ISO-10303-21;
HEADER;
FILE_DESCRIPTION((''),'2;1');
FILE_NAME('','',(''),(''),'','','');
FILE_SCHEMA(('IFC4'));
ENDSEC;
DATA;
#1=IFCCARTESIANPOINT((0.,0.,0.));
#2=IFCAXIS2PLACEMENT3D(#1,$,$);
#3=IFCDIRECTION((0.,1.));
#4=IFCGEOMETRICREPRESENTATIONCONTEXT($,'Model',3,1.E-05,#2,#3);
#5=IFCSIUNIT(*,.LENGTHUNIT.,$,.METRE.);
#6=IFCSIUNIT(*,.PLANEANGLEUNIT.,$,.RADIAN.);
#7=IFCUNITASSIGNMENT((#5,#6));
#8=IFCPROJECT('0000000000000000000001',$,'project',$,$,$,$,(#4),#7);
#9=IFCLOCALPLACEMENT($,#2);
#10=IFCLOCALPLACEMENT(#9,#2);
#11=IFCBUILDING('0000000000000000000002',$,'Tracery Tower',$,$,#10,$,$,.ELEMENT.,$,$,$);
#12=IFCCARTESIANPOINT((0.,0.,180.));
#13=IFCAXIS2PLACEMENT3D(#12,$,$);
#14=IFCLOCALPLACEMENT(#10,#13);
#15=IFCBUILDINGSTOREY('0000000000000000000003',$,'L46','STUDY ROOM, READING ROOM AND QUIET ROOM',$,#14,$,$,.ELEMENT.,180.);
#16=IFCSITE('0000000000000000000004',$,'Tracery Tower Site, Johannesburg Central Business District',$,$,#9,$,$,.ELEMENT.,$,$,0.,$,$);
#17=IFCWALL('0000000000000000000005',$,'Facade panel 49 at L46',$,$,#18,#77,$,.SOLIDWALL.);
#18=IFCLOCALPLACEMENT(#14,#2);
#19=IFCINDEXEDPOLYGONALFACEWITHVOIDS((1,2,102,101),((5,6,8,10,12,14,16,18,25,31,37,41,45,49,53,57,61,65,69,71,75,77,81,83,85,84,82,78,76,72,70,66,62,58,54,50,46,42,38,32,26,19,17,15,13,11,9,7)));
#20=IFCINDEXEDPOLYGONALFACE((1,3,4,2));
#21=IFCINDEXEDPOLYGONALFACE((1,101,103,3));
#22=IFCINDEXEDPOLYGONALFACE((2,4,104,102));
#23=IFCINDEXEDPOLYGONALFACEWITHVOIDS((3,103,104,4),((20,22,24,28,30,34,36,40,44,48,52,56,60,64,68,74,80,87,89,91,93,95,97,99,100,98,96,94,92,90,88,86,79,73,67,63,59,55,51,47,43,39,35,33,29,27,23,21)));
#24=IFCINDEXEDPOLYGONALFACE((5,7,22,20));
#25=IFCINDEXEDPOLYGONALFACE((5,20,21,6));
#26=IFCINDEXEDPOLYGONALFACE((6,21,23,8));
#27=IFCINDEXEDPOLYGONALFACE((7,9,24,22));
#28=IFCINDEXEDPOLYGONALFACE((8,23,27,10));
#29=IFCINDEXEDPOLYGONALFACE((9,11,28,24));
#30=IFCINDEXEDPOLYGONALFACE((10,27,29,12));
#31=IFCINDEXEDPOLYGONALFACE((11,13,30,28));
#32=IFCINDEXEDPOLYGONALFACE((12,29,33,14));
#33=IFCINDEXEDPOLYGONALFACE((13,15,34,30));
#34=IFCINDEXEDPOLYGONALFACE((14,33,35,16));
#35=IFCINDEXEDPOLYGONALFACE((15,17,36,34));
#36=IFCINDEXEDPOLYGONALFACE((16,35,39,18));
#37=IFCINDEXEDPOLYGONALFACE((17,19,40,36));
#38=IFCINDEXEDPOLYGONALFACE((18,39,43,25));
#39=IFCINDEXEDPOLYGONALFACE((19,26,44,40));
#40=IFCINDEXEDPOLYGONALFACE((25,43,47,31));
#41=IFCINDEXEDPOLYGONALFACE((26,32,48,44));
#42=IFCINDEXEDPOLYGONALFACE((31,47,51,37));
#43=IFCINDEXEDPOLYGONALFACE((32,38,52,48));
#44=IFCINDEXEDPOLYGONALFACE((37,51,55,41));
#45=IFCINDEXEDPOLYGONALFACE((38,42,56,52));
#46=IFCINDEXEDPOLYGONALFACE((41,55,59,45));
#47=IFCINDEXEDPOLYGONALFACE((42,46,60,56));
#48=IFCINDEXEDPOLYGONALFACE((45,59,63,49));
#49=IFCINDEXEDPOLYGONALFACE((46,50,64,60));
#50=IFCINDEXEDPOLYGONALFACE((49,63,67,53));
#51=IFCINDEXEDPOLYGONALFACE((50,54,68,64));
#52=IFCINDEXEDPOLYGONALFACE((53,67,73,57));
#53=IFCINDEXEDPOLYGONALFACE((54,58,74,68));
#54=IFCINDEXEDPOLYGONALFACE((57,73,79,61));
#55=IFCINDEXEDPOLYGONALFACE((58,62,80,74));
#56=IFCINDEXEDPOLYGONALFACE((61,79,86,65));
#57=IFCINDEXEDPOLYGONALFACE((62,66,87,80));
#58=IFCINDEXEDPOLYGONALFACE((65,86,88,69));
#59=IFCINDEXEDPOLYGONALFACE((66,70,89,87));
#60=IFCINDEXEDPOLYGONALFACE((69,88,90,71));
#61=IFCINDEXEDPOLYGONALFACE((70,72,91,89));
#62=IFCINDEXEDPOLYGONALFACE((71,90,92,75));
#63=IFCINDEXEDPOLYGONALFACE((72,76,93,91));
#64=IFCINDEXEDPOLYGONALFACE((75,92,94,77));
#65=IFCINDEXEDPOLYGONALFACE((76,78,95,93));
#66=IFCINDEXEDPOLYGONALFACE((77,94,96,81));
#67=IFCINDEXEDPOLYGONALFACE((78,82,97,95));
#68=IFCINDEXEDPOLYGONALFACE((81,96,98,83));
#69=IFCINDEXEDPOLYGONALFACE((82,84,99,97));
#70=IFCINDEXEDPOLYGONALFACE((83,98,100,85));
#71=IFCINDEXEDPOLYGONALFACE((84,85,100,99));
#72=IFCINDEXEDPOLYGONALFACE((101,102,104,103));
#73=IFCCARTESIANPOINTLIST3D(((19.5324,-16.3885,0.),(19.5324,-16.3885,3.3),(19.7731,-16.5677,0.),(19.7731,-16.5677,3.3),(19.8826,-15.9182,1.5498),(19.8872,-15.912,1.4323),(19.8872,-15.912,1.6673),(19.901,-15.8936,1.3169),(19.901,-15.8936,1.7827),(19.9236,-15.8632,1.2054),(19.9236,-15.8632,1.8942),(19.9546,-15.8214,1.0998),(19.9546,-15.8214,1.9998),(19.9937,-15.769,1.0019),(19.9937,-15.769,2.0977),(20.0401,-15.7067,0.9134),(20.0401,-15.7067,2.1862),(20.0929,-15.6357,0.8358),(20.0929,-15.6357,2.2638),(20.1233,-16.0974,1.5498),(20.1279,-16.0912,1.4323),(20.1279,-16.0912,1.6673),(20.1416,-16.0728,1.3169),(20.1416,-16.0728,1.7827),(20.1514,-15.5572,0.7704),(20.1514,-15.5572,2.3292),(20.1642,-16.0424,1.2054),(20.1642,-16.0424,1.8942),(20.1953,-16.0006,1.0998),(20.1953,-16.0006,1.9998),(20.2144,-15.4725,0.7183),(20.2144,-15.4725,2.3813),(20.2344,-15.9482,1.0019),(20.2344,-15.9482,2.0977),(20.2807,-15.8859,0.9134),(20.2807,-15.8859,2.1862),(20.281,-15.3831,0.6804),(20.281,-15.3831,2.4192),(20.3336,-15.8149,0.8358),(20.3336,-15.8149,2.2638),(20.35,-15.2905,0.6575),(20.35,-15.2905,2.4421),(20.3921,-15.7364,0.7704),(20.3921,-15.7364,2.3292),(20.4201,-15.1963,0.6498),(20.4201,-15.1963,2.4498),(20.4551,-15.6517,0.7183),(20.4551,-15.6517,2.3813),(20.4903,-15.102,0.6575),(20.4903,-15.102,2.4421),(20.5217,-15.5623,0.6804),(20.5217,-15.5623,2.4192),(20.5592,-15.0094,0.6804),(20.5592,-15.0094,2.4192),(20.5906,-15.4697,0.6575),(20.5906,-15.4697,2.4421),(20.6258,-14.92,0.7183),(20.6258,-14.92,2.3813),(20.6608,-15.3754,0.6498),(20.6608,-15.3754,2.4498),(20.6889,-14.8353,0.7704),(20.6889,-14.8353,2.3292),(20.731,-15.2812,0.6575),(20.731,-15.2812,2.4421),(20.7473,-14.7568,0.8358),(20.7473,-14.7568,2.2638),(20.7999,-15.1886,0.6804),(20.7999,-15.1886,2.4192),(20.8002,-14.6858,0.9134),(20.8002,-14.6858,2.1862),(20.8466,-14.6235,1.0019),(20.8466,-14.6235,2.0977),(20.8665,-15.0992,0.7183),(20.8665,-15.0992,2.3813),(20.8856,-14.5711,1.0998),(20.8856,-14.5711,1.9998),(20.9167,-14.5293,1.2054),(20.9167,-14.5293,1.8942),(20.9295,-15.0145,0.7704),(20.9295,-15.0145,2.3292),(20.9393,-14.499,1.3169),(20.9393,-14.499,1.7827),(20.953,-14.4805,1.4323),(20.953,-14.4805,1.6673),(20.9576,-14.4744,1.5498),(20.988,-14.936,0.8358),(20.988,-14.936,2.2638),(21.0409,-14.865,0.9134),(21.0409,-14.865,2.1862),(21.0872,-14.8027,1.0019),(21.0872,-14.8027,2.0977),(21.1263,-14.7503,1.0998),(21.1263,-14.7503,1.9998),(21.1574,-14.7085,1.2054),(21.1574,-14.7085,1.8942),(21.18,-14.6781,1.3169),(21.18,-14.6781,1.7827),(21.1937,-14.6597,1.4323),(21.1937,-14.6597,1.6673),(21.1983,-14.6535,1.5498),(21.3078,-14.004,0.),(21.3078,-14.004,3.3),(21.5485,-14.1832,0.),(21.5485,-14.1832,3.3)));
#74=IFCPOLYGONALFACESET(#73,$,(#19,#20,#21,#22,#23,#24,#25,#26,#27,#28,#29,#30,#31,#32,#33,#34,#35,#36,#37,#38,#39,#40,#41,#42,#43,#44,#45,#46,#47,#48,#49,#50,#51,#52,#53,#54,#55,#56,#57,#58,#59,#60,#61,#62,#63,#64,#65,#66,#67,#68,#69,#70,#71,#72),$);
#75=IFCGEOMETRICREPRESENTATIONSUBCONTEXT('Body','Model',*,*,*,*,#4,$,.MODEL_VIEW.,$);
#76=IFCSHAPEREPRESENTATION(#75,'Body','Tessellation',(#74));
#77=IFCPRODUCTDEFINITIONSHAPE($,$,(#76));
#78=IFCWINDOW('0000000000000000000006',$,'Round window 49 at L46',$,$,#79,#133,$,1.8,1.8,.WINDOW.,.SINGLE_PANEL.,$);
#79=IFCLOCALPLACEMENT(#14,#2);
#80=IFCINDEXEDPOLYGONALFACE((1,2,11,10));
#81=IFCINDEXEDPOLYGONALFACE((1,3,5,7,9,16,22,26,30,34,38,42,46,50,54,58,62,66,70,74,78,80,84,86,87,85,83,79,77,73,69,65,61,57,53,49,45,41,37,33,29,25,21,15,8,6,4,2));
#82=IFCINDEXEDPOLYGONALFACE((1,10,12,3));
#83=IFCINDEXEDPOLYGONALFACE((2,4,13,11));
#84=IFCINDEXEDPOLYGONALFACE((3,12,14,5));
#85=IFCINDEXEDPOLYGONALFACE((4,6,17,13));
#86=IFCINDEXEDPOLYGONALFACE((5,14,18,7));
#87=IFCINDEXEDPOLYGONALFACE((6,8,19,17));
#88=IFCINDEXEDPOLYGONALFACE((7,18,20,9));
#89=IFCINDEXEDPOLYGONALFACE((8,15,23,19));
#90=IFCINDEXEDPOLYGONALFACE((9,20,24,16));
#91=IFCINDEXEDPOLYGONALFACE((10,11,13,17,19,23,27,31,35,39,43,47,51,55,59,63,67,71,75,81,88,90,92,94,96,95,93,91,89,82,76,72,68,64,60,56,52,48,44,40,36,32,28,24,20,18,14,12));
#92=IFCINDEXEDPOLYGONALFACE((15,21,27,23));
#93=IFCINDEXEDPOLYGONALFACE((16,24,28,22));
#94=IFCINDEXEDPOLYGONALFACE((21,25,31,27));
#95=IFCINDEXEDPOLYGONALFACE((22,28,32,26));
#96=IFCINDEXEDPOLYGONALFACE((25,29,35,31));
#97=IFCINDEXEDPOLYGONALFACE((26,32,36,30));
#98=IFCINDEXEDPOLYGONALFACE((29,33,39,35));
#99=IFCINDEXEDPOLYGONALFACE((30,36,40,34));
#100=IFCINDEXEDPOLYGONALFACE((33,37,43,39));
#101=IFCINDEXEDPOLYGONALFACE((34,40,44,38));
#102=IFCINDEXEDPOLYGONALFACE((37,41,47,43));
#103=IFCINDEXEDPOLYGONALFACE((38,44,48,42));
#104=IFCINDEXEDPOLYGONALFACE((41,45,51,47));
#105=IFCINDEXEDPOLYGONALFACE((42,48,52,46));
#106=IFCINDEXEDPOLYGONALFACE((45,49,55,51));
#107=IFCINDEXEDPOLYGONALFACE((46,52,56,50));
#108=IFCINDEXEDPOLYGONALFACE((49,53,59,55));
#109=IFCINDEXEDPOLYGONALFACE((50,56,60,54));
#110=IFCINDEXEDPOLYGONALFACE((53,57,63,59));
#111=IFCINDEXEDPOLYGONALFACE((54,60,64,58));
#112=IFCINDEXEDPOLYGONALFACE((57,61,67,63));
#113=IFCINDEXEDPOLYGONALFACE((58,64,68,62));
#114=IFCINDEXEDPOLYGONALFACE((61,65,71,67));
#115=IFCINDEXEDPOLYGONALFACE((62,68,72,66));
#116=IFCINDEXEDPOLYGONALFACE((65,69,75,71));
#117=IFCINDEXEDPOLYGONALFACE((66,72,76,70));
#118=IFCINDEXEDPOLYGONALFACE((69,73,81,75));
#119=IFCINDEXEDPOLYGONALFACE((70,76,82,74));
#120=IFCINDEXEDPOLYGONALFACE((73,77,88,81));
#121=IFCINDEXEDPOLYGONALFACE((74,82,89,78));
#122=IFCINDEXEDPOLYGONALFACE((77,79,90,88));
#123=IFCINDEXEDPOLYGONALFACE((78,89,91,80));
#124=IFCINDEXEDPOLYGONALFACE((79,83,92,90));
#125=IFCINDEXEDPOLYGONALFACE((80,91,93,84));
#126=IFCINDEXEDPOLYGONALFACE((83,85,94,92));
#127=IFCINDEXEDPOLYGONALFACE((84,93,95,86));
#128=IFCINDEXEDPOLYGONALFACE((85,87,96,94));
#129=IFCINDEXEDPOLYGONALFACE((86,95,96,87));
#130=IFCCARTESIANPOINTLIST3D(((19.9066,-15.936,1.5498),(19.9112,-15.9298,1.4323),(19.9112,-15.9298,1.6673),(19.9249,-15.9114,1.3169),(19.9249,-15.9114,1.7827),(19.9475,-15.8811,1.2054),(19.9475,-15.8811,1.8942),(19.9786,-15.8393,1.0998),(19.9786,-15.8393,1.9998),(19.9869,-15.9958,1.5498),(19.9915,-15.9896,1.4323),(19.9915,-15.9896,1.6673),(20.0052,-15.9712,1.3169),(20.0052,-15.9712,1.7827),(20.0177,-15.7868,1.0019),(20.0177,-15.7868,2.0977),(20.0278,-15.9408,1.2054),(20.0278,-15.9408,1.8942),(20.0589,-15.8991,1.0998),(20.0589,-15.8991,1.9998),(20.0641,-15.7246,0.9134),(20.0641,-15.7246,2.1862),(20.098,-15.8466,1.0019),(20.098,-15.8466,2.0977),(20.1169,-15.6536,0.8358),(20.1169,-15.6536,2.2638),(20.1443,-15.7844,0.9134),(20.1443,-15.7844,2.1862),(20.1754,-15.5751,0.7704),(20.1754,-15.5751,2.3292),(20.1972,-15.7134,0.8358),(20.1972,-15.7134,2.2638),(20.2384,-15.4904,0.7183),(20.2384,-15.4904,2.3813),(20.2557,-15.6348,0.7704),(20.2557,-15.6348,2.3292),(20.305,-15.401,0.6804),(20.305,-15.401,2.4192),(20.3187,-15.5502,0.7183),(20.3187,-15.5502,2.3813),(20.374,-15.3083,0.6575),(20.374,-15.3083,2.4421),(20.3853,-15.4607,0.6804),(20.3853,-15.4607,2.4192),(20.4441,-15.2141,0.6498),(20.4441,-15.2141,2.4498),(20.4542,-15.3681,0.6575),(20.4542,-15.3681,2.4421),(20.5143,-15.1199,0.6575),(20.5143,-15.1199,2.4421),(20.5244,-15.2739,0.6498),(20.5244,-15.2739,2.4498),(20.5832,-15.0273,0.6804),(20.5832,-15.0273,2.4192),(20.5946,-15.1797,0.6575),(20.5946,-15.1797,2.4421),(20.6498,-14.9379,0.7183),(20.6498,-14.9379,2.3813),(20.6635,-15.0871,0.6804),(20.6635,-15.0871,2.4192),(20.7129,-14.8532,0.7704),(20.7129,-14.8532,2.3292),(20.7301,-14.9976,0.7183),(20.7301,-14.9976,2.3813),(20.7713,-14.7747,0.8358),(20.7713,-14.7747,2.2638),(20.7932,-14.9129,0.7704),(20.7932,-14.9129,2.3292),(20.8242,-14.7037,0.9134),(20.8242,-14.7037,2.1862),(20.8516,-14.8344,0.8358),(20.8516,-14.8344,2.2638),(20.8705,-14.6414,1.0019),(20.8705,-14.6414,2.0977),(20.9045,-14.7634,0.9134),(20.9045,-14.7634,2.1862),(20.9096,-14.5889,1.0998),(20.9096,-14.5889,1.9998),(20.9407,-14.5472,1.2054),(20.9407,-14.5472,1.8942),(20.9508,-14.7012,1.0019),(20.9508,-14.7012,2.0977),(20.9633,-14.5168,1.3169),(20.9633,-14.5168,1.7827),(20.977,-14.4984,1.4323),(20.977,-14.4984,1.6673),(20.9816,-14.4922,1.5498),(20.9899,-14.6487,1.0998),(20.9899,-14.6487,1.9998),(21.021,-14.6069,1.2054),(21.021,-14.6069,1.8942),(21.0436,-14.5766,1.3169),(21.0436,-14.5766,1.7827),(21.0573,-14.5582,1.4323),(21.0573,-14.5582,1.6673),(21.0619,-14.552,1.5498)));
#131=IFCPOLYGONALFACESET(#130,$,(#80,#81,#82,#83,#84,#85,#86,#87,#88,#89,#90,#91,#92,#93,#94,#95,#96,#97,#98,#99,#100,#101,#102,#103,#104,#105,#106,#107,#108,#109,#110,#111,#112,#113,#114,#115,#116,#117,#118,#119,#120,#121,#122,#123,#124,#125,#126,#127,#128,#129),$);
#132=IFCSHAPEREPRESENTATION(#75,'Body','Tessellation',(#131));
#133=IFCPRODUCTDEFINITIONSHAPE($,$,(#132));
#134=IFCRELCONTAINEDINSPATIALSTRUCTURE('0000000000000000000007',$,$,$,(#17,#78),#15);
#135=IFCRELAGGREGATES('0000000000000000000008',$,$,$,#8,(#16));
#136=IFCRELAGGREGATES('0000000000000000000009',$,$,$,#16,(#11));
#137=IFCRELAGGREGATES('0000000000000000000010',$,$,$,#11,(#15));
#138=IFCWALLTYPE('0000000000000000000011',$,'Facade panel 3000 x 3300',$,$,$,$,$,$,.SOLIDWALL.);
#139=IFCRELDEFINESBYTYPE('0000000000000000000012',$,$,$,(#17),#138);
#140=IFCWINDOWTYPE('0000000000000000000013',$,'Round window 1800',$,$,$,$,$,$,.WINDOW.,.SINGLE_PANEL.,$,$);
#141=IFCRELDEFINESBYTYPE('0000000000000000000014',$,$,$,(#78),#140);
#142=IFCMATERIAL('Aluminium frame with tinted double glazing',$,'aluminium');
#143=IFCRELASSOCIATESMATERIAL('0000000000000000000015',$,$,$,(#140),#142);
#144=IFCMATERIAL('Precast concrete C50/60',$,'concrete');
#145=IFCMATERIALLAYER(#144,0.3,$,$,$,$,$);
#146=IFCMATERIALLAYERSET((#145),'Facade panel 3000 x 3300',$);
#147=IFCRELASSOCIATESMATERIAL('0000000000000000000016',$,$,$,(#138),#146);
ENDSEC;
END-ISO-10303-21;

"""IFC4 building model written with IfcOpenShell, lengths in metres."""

from ifc_helpers import new_model, si_unit, direction, frame, frame_2d, origin, origin_2d, place, context, subcontext, project, spatial, rectangle, circle, extrude, material, layer, layer_set, type_object, element, fill, save


model = new_model("IFC4")

# Units and contexts
model_context = context("Model", 3, precision=1e-05, world=origin(), true_north=direction((0.0, 1.0)))
body_context = subcontext(model_context, "Body", "Model", "MODEL_VIEW")
ifc_project = project(units=[si_unit("LENGTHUNIT", "METRE"), si_unit("PLANEANGLEUNIT", "RADIAN")], contexts=[model_context])

# Site, building, storey
site_placement = place(None, origin())
site = spatial("IfcSite", under=ifc_project, at=site_placement, Name="Tracery Tower Site, Johannesburg Central Business District", CompositionType="ELEMENT", RefElevation=0.0)
building_placement = place(site_placement, origin())
building = spatial("IfcBuilding", under=site, at=building_placement, Name="Tracery Tower", CompositionType="ELEMENT")
storey_placement = place(building_placement, frame((0.0, 0.0, 180.0)))
storey = spatial("IfcBuildingStorey", under=building, at=storey_placement, Name="L46", Description="STUDY ROOM, READING ROOM AND QUIET ROOM", CompositionType="ELEMENT", Elevation=180.0)

# Wall, opening, window
ifc_material_1 = material(Name="Aluminium frame with tinted double glazing", Category="aluminium")
window_type = type_object("IfcWindowType", Name="Round window 1800", PartitioningType="SINGLE_PANEL", PredefinedType="WINDOW", material=ifc_material_1)
ifc_material_2 = material(Name="Precast concrete C50/60", Category="concrete")
ifc_layer_1 = layer(ifc_material_2, 0.3)
ifc_layer_set_1 = layer_set([ifc_layer_1], Name="Facade panel 3000 x 3300")
wall_type_1 = type_object("IfcWallType", Name="Facade panel 3000 x 3300", PredefinedType="SOLIDWALL", material=ifc_layer_set_1)
wall_1_placement = place(storey_placement, frame((19.6528, -16.478, 0.0), z_axis=(0.0, 0.0, 1.0), x_axis=(0.597198, 0.802094, 0.0)))
wall_1 = element("IfcWall", 1, at=wall_1_placement, inside=storey, type_object=wall_type_1, Name="Facade panel 49 at L46", PredefinedType="SOLIDWALL", context=body_context, shape_type="SweptSolid", body=[
    extrude(rectangle(XDim=2.9729, YDim=0.3, at=frame_2d((1.4863, 0.0))), origin(), (0.0, 0.0, 1.0), 3.3),
])
opening_1_placement = place(wall_1_placement, frame((1.4863, 0.0, 1.5498)))
opening_1 = element("IfcOpeningElement", 2, at=opening_1_placement, cuts=wall_1, PredefinedType="OPENING", context=body_context, shape_type="SweptSolid", body=[
    extrude(circle(Radius=0.9, at=origin_2d()), frame((0.0, 0.1599, 0.0), z_axis=(0.0, -1.0, 0.0), x_axis=(1.0, 0.0, 0.0)), (0.0, 0.0, 1.0), 0.3201),
])
window_1_placement = place(opening_1_placement, origin())
window_1 = element("IfcWindow", 3, at=window_1_placement, inside=storey, type_object=window_type, Name="Round window 49 at L46", OverallHeight=1.8, OverallWidth=1.8, PartitioningType="SINGLE_PANEL", PredefinedType="WINDOW", context=body_context, shape_type="SweptSolid", body=[
    extrude(circle(Radius=0.9, at=origin_2d()), frame((0.0, 0.1201, 0.0), z_axis=(0.0, -1.0, 0.0), x_axis=(1.0, 0.0, 0.0)), (0.0, 0.0, 1.0), 0.1001),
])
fill(opening_1, window_1)

save(model, "model.ifc")
